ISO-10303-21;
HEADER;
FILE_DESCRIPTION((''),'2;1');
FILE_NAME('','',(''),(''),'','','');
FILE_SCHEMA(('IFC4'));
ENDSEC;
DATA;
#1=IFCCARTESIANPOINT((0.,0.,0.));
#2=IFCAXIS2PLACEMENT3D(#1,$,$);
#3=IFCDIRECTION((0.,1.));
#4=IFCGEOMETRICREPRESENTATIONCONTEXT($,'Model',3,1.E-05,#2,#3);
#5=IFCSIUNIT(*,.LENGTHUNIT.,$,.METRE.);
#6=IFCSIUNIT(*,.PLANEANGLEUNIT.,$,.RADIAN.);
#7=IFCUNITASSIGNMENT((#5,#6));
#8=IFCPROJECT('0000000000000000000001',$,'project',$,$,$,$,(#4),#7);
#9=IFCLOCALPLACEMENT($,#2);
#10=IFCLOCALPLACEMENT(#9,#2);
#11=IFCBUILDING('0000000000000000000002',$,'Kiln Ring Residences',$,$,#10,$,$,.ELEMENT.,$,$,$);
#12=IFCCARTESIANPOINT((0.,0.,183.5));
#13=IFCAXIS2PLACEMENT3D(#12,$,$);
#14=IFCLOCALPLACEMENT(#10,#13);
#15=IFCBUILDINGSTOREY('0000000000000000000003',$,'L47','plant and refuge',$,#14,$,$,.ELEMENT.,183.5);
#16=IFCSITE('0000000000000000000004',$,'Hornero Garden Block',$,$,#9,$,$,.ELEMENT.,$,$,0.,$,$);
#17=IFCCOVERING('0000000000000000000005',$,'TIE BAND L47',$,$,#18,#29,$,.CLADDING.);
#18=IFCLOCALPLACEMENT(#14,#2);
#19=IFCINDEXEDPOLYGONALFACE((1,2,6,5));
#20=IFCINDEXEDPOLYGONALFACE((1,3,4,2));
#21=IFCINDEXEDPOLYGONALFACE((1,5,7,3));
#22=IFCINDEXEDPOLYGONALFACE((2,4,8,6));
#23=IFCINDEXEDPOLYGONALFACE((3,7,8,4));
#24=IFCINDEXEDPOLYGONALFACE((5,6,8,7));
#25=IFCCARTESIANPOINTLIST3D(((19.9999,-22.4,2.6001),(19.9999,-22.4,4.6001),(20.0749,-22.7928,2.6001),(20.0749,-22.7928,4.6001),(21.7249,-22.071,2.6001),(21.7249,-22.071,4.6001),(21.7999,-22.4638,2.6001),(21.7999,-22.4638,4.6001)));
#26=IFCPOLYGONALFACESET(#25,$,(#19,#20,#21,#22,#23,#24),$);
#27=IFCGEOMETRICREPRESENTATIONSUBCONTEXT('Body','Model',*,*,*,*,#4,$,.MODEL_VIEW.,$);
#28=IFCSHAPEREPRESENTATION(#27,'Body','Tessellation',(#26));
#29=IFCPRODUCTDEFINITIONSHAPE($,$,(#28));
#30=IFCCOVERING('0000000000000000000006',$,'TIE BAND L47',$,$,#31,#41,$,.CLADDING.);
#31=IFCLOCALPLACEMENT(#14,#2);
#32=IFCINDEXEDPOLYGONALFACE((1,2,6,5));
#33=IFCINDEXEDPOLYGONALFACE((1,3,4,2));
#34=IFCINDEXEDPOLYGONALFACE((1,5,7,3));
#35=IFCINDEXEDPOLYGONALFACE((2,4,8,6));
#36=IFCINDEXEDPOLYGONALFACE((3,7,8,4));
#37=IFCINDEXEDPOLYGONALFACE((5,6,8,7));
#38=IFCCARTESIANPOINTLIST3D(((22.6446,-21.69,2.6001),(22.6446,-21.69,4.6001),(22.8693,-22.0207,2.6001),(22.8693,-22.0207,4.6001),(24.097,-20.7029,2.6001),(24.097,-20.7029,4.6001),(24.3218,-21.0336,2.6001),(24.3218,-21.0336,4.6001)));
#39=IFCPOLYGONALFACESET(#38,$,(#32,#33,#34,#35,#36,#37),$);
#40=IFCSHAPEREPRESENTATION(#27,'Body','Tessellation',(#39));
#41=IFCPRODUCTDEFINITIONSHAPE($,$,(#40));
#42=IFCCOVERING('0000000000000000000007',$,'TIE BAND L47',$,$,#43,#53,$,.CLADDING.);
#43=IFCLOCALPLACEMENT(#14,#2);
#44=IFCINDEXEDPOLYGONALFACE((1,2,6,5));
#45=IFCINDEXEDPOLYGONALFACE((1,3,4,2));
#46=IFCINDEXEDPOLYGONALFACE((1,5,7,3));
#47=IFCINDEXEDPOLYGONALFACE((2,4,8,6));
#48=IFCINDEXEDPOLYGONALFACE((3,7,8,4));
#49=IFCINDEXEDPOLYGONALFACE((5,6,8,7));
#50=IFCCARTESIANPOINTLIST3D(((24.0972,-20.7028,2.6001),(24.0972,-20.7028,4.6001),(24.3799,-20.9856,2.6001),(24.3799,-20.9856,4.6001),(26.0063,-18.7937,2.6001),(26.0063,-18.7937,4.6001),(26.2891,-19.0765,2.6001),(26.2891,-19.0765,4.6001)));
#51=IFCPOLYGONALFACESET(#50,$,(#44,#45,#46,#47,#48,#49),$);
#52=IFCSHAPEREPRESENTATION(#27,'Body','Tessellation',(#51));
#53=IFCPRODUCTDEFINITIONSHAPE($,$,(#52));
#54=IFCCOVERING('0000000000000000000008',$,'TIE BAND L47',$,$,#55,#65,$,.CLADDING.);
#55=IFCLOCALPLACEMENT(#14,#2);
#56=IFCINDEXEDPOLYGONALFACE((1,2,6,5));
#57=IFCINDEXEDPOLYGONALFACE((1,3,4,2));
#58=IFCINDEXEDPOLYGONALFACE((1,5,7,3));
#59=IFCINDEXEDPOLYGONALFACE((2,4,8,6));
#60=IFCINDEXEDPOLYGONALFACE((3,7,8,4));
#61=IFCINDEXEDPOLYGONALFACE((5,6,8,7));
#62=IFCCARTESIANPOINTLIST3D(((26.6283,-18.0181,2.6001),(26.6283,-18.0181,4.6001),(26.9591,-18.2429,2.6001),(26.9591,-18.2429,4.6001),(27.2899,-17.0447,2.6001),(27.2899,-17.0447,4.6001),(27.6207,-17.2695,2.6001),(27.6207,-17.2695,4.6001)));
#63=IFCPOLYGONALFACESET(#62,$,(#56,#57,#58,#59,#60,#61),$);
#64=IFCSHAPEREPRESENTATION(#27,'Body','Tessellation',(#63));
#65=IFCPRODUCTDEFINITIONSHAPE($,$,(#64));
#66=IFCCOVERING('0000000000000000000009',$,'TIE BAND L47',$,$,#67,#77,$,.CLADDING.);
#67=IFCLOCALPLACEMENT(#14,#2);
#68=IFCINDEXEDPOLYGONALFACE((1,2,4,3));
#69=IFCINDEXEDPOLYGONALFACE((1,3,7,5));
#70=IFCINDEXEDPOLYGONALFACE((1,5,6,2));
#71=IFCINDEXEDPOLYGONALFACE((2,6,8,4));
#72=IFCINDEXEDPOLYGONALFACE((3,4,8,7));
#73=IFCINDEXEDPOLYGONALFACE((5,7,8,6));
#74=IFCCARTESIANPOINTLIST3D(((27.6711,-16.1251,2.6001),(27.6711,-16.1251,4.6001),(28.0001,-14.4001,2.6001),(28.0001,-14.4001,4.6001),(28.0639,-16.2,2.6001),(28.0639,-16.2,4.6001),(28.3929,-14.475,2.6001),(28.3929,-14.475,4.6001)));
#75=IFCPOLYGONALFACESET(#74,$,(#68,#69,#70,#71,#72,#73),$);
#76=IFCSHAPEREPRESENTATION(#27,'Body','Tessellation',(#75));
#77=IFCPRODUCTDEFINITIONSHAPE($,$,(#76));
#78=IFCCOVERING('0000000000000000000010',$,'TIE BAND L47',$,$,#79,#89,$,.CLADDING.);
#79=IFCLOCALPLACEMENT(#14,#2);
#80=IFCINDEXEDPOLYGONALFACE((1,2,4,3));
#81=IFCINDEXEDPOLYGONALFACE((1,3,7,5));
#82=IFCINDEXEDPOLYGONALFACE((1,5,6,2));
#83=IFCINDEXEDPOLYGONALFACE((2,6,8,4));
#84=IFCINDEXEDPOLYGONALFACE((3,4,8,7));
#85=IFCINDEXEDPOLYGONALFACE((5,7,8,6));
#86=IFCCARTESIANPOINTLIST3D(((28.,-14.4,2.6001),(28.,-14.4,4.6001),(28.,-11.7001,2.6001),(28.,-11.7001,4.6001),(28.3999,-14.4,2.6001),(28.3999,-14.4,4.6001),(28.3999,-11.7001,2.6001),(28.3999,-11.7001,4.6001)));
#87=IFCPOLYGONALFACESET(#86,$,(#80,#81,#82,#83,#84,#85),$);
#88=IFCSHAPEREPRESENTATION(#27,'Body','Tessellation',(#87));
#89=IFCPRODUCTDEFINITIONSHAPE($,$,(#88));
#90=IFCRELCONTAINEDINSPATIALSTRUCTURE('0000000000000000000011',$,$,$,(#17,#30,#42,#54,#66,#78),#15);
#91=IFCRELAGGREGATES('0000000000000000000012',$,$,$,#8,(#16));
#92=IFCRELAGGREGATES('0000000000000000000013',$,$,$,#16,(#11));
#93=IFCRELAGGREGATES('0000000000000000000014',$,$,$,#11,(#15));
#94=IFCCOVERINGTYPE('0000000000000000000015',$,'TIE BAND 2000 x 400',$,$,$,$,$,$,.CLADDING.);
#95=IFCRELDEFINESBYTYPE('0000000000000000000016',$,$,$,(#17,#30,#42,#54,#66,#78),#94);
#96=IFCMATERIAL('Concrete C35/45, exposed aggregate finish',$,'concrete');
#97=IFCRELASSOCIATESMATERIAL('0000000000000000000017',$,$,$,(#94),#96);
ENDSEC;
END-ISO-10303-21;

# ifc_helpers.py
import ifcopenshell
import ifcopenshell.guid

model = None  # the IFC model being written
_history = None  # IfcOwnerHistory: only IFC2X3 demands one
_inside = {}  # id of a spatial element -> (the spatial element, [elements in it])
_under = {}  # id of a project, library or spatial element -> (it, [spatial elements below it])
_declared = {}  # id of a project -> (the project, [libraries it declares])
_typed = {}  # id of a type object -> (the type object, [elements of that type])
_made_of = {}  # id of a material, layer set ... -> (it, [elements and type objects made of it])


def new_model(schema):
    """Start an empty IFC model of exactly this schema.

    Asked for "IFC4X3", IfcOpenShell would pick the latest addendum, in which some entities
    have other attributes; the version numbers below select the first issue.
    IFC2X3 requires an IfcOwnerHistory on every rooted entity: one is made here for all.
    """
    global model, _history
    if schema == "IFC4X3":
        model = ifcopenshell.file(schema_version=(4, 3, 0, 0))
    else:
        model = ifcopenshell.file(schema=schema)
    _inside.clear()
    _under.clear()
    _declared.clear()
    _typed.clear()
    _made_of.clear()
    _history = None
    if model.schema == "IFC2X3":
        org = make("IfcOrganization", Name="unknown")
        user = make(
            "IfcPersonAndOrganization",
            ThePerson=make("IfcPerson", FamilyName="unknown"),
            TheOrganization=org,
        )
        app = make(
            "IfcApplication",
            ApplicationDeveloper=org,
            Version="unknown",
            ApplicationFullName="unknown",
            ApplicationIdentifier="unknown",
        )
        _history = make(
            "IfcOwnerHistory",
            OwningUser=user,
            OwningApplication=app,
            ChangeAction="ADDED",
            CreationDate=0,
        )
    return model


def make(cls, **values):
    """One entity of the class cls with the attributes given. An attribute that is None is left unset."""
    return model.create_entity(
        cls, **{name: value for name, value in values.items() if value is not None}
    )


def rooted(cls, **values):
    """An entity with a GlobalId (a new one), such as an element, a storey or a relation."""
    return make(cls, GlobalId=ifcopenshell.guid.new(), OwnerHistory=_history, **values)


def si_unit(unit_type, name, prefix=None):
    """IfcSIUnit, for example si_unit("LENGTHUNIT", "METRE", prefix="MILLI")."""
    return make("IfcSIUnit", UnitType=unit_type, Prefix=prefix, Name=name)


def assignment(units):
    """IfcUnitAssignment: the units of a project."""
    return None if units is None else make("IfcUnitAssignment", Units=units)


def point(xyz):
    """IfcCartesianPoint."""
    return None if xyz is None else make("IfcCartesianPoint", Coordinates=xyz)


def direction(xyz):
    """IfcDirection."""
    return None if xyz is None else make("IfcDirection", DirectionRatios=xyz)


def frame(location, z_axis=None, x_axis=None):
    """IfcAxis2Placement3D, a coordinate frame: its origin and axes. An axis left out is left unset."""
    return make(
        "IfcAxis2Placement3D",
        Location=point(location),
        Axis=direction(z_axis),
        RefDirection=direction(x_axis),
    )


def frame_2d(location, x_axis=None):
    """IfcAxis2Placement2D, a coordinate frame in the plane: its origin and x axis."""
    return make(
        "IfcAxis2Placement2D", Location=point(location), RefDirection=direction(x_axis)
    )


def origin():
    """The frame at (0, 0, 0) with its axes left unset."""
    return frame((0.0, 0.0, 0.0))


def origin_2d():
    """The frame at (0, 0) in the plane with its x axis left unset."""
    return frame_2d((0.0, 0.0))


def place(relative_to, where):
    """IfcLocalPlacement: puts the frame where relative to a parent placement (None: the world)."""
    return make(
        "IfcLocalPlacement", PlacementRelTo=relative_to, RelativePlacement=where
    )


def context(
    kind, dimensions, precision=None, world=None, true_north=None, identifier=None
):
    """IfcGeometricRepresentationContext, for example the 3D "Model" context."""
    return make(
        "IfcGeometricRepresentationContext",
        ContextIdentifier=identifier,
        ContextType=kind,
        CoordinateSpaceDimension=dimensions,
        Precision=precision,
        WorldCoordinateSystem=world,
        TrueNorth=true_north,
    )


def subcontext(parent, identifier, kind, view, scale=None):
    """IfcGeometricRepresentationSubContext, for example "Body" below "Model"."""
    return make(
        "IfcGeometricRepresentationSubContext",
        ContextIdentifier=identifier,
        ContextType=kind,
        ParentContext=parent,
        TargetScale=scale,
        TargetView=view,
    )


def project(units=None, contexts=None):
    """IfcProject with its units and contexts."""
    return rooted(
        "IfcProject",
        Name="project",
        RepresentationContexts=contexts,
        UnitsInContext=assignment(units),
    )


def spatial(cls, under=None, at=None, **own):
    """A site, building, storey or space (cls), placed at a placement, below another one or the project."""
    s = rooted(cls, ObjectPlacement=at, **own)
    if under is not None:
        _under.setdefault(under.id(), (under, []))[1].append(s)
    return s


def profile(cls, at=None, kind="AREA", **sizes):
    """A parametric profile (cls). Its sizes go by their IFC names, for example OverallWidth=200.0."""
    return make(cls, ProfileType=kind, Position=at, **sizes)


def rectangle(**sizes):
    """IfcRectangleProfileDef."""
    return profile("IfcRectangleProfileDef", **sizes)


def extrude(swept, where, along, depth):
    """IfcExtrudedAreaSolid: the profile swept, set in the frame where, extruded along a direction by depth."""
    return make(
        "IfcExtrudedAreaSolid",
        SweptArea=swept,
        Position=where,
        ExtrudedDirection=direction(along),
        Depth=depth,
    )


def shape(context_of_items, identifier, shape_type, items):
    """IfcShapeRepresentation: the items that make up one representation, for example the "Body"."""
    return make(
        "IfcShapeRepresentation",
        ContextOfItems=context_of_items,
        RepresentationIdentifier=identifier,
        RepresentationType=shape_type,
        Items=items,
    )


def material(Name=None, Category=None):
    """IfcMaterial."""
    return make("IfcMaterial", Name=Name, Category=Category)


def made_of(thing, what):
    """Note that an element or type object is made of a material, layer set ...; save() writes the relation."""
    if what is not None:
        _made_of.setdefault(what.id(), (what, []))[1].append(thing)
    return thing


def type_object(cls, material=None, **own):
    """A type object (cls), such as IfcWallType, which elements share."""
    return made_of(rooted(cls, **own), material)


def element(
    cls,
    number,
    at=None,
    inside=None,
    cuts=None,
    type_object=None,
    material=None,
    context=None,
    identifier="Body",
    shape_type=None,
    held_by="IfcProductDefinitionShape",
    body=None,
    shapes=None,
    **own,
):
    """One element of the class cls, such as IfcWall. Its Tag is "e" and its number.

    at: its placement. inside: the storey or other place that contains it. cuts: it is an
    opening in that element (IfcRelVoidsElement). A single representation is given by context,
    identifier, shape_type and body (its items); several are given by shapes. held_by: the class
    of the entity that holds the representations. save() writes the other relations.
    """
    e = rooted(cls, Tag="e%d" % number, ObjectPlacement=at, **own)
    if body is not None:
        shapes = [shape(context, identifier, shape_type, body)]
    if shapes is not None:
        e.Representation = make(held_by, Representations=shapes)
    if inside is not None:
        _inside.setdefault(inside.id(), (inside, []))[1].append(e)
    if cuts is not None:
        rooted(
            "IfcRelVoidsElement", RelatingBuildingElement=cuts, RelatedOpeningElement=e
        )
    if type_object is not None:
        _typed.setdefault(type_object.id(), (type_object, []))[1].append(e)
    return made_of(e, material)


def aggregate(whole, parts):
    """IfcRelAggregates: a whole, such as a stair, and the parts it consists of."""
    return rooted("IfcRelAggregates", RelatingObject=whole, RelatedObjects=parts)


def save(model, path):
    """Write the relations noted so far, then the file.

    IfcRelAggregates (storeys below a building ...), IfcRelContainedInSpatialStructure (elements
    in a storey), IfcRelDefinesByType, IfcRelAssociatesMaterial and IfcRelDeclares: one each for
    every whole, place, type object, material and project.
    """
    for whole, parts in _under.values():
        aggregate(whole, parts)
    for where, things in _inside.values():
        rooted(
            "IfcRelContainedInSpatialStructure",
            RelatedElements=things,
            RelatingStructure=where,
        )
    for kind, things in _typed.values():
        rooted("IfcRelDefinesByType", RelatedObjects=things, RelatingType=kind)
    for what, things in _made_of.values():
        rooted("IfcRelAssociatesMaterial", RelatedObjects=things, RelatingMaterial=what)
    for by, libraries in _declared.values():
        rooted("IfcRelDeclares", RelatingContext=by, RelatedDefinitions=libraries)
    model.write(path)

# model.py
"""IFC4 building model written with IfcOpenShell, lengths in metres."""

from ifc_helpers import new_model, si_unit, direction, frame, origin, origin_2d, place, context, subcontext, project, spatial, rectangle, extrude, material, type_object, element, save


model = new_model("IFC4")

# Units and contexts
model_context = context("Model", 3, precision=1e-05, world=origin(), true_north=direction((0.0, 1.0)))
body_context = subcontext(model_context, "Body", "Model", "MODEL_VIEW")
ifc_project = project(units=[si_unit("LENGTHUNIT", "METRE"), si_unit("PLANEANGLEUNIT", "RADIAN")], contexts=[model_context])

# Site, building, storey
site_placement = place(None, origin())
site = spatial("IfcSite", under=ifc_project, at=site_placement, Name="Hornero Garden Block", CompositionType="ELEMENT", RefElevation=0.0)
building_placement = place(site_placement, origin())
building = spatial("IfcBuilding", under=site, at=building_placement, Name="Kiln Ring Residences", CompositionType="ELEMENT")
storey_placement = place(building_placement, frame((0.0, 0.0, 183.5)))
storey = spatial("IfcBuildingStorey", under=building, at=storey_placement, Name="L47", Description="plant and refuge", CompositionType="ELEMENT", Elevation=183.5)

# Coverings
ifc_material_1 = material(Name="Concrete C35/45, exposed aggregate finish", Category="concrete")
covering_type = type_object("IfcCoveringType", Name="TIE BAND 2000 x 400", PredefinedType="CLADDING", material=ifc_material_1)
for number, where, z_axis, x_axis, name in (
    (1, (20.8999, -22.4319, 2.6001), (0.0, 0.0, 1.0), (0.98229, 0.187366, 0.0), "TIE BAND L47"),
    (2, (23.4832, -21.3618, 2.6001), (0.0, 0.0, 1.0), (0.827072, 0.562097, 0.0), "TIE BAND L47"),
):
    element("IfcCovering", number, at=place(storey_placement, frame(where, z_axis=z_axis, x_axis=x_axis)), inside=storey, type_object=covering_type, Name=name, PredefinedType="CLADDING", context=body_context, shape_type="SweptSolid", body=[
        extrude(rectangle(XDim=1.7561, YDim=0.3999, at=origin_2d()), origin(), (0.0, 0.0, 1.0), 2.0),
    ])
covering_1_placement = place(storey_placement, frame((25.1931, -19.8896, 2.6001), z_axis=(0.0, 0.0, 1.0), x_axis=(0.707107, 0.707107, 0.0)))
element("IfcCovering", 3, at=covering_1_placement, inside=storey, type_object=covering_type, Name="TIE BAND L47", PredefinedType="CLADDING", context=body_context, shape_type="SweptSolid", body=[
    extrude(rectangle(XDim=2.7, YDim=0.3999, at=origin_2d()), origin(), (0.0, 0.0, 1.0), 2.0),
])
covering_2_placement = place(storey_placement, frame((27.1245, -17.6438, 2.6001), z_axis=(0.0, 0.0, 1.0), x_axis=(0.562097, 0.827072, 0.0)))
element("IfcCovering", 4, at=covering_2_placement, inside=storey, type_object=covering_type, Name="TIE BAND L47", PredefinedType="CLADDING", context=body_context, shape_type="SweptSolid", body=[
    extrude(rectangle(XDim=1.177, YDim=0.3999, at=origin_2d()), origin(), (0.0, 0.0, 1.0), 2.0),
])
covering_3_placement = place(storey_placement, frame((28.032, -15.3, 2.6001), z_axis=(0.0, 0.0, 1.0), x_axis=(0.187366, 0.98229, 0.0)))
element("IfcCovering", 5, at=covering_3_placement, inside=storey, type_object=covering_type, Name="TIE BAND L47", PredefinedType="CLADDING", context=body_context, shape_type="SweptSolid", body=[
    extrude(rectangle(XDim=1.7561, YDim=0.3999, at=origin_2d()), origin(), (0.0, 0.0, 1.0), 2.0),
])
covering_4_placement = place(storey_placement, frame((28.2, -13.05, 2.6001), z_axis=(0.0, 0.0, 1.0), x_axis=(0.0, 1.0, 0.0)))
element("IfcCovering", 6, at=covering_4_placement, inside=storey, type_object=covering_type, Name="TIE BAND L47", PredefinedType="CLADDING", context=body_context, shape_type="SweptSolid", body=[
    extrude(rectangle(XDim=2.7, YDim=0.3999, at=origin_2d()), origin(), (0.0, 0.0, 1.0), 2.0),
])

save(model, "model.ifc")
